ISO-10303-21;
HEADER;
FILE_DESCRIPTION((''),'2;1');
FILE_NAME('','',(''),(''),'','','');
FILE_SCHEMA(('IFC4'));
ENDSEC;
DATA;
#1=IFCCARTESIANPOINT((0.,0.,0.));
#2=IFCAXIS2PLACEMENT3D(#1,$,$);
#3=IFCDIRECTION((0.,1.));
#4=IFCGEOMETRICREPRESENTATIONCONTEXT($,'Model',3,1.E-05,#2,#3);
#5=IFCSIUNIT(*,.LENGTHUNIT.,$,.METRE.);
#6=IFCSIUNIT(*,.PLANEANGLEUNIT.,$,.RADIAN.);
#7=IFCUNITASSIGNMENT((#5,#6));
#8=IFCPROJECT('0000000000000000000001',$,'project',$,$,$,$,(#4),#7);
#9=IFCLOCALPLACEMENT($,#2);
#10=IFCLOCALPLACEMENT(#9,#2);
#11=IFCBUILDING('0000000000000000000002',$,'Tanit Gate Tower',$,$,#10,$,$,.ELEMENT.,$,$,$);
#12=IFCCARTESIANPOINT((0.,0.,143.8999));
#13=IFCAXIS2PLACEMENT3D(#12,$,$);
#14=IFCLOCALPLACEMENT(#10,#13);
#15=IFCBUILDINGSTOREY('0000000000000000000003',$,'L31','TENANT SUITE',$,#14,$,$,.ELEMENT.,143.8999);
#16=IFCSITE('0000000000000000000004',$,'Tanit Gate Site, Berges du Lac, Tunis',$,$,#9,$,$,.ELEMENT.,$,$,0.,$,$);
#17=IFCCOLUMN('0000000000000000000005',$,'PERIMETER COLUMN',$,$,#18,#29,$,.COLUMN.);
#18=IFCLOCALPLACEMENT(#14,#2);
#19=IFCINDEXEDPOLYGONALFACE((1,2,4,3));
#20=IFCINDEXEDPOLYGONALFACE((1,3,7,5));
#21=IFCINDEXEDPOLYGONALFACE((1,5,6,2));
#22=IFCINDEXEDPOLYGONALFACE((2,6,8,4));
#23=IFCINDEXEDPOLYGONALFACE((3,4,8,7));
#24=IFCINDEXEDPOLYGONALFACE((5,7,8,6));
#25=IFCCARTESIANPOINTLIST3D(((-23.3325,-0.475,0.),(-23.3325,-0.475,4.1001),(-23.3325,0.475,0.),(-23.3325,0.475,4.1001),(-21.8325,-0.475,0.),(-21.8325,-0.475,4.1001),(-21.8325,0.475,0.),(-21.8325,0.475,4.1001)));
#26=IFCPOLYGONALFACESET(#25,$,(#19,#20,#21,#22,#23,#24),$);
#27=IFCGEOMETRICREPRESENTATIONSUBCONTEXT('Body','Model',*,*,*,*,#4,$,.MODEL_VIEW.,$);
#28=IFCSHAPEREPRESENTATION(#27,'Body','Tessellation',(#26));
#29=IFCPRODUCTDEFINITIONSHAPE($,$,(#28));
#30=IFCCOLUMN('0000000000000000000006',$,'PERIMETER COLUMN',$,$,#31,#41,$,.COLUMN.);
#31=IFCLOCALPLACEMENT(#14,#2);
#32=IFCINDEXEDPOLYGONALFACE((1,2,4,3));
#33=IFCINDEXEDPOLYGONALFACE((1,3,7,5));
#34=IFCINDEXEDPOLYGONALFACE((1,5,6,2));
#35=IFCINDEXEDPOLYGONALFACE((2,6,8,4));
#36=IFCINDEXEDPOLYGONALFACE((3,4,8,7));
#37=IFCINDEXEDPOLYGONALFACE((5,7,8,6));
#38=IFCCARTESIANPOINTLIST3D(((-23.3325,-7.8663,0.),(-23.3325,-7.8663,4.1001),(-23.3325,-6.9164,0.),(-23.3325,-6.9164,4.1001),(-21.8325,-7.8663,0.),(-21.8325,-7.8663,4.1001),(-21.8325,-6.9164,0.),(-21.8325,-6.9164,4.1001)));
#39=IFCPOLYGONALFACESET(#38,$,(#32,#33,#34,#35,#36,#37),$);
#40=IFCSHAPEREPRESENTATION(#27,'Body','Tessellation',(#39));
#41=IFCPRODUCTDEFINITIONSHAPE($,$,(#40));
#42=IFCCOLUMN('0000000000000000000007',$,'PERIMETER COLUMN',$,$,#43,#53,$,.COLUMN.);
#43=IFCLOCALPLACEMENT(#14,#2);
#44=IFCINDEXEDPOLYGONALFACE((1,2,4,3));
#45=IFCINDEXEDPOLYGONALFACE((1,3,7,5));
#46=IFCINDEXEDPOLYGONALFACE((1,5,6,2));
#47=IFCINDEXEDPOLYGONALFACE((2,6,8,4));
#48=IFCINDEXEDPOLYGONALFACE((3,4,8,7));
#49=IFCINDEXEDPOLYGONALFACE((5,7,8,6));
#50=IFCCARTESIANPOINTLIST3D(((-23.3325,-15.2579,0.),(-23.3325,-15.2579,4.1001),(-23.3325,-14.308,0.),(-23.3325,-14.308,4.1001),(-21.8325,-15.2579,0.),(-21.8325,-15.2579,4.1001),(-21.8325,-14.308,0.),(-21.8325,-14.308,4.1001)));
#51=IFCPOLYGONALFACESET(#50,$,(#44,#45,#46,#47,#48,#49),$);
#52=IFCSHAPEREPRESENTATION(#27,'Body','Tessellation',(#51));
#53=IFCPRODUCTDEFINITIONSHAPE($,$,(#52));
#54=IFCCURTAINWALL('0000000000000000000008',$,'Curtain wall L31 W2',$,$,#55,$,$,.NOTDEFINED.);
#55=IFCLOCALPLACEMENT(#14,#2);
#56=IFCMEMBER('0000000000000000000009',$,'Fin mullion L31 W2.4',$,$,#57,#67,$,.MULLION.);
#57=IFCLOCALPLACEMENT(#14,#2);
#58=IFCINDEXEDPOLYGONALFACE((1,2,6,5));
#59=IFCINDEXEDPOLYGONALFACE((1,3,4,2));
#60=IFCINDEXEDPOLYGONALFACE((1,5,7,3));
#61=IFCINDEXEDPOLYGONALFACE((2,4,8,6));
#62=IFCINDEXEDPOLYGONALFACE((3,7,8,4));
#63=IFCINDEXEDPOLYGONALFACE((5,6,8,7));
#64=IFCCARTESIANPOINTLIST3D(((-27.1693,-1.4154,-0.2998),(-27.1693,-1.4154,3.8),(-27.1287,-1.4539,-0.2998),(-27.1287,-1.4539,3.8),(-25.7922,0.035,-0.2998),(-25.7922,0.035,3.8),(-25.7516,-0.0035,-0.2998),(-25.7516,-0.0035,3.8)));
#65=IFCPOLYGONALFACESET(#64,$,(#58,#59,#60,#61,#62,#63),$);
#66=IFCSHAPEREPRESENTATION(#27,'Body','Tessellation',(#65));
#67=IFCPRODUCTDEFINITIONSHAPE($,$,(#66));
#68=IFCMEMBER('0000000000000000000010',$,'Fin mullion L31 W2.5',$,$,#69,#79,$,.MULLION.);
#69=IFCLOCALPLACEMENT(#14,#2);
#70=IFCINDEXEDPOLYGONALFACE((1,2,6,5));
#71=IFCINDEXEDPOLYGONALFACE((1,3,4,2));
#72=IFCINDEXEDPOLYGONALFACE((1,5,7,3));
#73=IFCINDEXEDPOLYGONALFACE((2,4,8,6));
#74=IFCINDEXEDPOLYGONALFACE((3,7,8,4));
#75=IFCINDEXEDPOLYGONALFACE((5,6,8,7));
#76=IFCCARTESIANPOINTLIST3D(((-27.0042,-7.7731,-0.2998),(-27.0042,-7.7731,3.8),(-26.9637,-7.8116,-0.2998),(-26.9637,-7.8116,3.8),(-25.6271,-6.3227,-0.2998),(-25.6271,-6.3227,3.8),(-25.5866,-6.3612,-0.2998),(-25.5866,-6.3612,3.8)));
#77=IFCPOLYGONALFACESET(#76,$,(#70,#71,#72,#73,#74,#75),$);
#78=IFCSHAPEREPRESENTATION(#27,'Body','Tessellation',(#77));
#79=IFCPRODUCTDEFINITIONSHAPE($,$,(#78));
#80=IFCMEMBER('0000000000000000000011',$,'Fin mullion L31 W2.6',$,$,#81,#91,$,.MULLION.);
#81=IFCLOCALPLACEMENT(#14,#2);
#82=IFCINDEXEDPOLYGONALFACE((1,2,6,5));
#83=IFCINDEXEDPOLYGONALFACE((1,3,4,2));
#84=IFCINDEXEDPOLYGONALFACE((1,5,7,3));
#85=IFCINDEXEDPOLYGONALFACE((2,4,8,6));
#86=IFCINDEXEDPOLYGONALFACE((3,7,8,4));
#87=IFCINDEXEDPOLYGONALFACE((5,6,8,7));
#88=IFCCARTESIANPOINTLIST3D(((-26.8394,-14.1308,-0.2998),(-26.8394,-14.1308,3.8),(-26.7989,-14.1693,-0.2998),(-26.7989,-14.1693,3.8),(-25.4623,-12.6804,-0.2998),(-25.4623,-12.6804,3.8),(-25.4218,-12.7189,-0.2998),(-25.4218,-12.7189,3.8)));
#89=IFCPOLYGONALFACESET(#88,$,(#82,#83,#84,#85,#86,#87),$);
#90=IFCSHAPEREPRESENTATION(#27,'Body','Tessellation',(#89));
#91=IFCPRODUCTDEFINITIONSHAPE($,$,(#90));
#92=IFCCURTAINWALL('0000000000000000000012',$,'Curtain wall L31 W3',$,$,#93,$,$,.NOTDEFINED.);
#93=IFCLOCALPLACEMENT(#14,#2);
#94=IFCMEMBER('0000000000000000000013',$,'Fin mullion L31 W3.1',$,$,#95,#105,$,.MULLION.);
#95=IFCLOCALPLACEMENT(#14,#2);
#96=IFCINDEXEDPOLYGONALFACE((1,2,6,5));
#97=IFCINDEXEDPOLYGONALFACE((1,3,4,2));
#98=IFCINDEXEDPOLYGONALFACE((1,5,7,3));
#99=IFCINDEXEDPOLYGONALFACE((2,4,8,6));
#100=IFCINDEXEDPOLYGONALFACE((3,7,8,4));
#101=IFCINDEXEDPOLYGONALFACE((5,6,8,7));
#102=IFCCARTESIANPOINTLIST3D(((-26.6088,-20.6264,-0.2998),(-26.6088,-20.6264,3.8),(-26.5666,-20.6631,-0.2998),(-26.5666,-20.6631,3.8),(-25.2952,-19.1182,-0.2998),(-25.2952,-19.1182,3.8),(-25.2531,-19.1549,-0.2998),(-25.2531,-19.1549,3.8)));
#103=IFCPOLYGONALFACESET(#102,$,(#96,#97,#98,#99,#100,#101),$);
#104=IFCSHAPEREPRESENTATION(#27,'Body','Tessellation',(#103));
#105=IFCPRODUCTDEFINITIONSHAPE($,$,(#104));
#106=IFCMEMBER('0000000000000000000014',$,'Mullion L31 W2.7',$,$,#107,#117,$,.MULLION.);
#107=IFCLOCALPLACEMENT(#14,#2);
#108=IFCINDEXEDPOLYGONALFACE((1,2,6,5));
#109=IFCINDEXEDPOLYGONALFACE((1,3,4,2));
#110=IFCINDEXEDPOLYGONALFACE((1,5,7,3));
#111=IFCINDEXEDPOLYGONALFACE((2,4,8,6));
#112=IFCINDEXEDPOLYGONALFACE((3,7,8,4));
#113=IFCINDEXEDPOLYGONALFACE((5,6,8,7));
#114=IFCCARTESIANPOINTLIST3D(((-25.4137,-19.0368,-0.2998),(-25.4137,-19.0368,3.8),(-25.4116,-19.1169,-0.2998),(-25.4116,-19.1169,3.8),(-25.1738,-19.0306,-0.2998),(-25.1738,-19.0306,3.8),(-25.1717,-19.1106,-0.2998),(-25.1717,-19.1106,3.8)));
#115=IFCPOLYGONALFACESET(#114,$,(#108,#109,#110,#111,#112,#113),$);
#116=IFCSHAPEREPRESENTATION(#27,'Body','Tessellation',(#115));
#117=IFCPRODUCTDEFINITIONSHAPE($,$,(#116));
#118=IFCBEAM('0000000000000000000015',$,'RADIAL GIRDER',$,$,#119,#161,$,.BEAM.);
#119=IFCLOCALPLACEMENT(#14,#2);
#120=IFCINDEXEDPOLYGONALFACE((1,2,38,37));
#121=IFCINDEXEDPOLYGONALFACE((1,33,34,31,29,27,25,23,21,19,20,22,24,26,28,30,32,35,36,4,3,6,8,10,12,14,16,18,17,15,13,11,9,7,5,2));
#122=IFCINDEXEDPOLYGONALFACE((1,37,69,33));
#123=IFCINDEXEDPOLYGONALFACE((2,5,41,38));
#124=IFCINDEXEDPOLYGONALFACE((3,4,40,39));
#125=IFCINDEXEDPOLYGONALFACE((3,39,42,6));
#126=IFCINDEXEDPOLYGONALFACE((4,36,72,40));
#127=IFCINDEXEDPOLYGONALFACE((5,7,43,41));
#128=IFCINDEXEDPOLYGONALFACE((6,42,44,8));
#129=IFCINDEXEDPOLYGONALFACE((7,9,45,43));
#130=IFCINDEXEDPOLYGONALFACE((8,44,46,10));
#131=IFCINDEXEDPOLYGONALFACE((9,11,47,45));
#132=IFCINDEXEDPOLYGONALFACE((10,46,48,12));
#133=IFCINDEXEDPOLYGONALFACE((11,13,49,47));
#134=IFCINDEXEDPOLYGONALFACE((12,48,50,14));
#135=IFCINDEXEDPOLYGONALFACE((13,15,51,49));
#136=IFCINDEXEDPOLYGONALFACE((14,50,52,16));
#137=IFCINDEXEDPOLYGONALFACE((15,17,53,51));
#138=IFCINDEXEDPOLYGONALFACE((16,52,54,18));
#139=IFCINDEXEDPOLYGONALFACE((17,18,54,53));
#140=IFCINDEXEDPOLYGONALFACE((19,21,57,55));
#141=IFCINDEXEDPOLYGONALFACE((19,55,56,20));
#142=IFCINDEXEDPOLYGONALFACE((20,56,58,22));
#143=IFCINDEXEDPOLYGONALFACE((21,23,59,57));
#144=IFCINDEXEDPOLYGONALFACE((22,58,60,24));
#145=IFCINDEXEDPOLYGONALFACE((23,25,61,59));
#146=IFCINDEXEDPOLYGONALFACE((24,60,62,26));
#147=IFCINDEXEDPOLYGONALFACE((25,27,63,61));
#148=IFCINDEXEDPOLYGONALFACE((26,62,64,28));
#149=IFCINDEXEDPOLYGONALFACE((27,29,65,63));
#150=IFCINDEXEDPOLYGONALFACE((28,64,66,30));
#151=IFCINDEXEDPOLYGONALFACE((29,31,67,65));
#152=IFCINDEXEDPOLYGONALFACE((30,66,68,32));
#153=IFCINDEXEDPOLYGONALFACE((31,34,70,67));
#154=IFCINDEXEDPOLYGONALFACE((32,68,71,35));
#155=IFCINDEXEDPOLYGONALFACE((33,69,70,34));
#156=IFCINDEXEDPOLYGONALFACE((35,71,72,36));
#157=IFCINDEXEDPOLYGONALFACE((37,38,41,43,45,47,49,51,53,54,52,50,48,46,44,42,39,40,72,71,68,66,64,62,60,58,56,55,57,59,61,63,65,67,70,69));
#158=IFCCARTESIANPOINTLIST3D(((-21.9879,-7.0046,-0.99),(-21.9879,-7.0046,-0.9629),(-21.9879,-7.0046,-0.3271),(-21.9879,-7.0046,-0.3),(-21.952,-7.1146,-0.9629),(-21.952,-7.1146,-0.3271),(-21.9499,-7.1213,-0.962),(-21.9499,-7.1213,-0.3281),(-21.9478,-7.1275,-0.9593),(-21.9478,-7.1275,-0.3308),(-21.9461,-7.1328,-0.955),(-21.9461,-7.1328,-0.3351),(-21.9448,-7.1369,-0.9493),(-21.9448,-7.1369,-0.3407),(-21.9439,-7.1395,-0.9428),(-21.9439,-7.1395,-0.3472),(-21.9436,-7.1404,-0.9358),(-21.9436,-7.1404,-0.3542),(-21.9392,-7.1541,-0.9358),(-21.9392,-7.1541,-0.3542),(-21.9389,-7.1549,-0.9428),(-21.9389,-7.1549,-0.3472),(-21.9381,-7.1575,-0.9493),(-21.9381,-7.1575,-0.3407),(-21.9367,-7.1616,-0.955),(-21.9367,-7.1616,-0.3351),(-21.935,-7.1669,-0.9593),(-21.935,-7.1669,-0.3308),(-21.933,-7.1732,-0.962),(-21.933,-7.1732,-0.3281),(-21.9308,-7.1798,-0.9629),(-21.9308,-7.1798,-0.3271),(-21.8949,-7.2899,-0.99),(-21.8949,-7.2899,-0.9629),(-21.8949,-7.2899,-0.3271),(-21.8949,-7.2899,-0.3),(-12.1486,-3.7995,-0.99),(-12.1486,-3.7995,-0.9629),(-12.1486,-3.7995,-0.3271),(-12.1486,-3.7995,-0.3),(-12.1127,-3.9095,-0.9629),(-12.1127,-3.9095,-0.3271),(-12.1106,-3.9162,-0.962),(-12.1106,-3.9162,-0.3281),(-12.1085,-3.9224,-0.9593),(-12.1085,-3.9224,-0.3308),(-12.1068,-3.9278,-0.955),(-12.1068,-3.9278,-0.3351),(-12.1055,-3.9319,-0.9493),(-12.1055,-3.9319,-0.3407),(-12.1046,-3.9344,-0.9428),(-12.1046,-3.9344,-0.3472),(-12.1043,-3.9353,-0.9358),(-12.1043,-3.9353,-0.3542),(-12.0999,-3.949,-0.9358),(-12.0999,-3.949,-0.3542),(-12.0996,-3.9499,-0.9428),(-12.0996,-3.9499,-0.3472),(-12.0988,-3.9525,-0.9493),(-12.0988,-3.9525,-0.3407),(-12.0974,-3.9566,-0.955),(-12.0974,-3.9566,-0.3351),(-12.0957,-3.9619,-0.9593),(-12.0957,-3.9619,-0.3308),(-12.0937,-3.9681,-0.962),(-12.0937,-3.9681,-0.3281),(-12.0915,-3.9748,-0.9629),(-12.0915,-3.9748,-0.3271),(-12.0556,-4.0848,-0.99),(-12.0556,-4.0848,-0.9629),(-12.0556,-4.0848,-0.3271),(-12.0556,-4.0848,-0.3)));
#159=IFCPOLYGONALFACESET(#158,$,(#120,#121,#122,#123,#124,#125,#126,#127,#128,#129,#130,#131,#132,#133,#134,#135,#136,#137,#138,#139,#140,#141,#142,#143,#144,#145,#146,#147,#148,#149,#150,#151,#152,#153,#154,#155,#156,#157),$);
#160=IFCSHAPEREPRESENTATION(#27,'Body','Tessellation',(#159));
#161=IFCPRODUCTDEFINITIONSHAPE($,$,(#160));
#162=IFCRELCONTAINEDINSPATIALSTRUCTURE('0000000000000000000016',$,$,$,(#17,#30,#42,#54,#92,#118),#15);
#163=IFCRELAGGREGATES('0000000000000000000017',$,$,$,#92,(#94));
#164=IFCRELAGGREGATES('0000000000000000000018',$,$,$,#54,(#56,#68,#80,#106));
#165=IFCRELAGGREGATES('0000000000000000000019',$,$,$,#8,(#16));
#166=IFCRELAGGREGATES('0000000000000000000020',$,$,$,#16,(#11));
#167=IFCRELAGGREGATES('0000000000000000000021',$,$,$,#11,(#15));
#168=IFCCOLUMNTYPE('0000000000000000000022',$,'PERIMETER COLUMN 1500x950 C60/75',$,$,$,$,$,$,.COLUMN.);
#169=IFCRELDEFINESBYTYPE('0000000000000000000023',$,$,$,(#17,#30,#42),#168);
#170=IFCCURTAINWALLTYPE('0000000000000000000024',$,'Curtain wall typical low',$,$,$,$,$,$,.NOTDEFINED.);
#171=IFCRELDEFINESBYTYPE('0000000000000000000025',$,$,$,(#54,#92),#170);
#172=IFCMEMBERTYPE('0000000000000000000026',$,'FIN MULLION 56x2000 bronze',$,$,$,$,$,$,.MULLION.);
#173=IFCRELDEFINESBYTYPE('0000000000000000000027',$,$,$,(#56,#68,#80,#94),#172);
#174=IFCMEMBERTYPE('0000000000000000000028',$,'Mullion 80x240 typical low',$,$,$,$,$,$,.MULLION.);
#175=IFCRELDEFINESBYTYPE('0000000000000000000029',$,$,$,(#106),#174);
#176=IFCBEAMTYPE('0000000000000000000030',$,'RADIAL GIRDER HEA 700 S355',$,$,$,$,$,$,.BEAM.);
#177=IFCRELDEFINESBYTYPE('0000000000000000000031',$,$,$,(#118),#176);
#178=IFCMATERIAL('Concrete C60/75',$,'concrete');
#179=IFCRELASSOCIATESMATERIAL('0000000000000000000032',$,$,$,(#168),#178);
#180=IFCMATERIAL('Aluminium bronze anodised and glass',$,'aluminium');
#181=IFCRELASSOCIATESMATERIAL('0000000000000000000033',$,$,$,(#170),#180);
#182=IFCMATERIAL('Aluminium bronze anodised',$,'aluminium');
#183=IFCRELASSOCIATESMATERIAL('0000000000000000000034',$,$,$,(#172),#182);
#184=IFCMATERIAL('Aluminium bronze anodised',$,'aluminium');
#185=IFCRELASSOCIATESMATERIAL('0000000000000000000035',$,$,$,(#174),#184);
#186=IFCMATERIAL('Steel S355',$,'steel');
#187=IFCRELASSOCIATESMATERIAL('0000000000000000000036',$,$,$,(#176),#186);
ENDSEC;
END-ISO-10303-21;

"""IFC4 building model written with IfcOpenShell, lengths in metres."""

from ifc_helpers import new_model, si_unit, direction, frame, origin, origin_2d, place, context, subcontext, project, spatial, rectangle, i_section, extrude, material, material_profile, profile_set, type_object, element, aggregate, save


model = new_model("IFC4")

# Units and contexts
model_context = context("Model", 3, precision=1e-05, world=origin(), true_north=direction((0.0, 1.0)))
body_context = subcontext(model_context, "Body", "Model", "MODEL_VIEW")
ifc_project = project(units=[si_unit("LENGTHUNIT", "METRE"), si_unit("PLANEANGLEUNIT", "RADIAN")], contexts=[model_context])

# Site, building, storey
site_placement = place(None, origin())
site = spatial("IfcSite", under=ifc_project, at=site_placement, Name="Tanit Gate Site, Berges du Lac, Tunis", CompositionType="ELEMENT", RefElevation=0.0)
building_placement = place(site_placement, origin())
building = spatial("IfcBuilding", under=site, at=building_placement, Name="Tanit Gate Tower", CompositionType="ELEMENT")
storey_placement = place(building_placement, frame((0.0, 0.0, 143.8999)))
storey = spatial("IfcBuildingStorey", under=building, at=storey_placement, Name="L31", Description="TENANT SUITE", CompositionType="ELEMENT", Elevation=143.8999)

# Columns
ifc_material_1 = material(Name="Concrete C60/75", Category="concrete")
ifc_material_profile_1 = material_profile(ifc_material_1, rectangle(XDim=1.5, YDim=0.95, at=origin_2d()), Name="RC 1500x950")
ifc_profile_set_1 = profile_set([ifc_material_profile_1], Name="Concrete C60/75")
column_type = type_object("IfcColumnType", Name="PERIMETER COLUMN 1500x950 C60/75", PredefinedType="COLUMN", material=ifc_profile_set_1)
for number, where, z_axis, x_axis, name in (
    (1, (-22.5825, 0.0, 0.0), (0.0, 0.0, 1.0), (-1.0, 0.0, 0.0), "PERIMETER COLUMN"),
    (2, (-22.5825, -7.3914, 0.0), (0.0, 0.0, 1.0), (-1.0, 0.0, 0.0), "PERIMETER COLUMN"),
    (3, (-22.5825, -14.783, 0.0), (0.0, 0.0, 1.0), (-1.0, 0.0, 0.0), "PERIMETER COLUMN"),
):
    element("IfcColumn", number, at=place(storey_placement, frame(where, z_axis=z_axis, x_axis=x_axis)), inside=storey, type_object=column_type, Name=name, PredefinedType="COLUMN", context=body_context, shape_type="SweptSolid", body=[
        extrude(rectangle(XDim=1.5, YDim=0.95, at=origin_2d()), origin(), (0.0, 0.0, 1.0), 4.1001),
    ])

# Curtain wall, members
ifc_material_2 = material(Name="Aluminium bronze anodised and glass", Category="aluminium")
curtain_wall_type = type_object("IfcCurtainWallType", Name="Curtain wall typical low", PredefinedType="NOTDEFINED", material=ifc_material_2)
curtain_wall_1_placement = place(storey_placement, origin())
curtain_wall_1 = element("IfcCurtainWall", 4, at=curtain_wall_1_placement, inside=storey, type_object=curtain_wall_type, Name="Curtain wall L31 W2", PredefinedType="NOTDEFINED")
ifc_material_3 = material(Name="Aluminium bronze anodised", Category="aluminium")
ifc_material_profile_2 = material_profile(ifc_material_3, rectangle(XDim=2.0, YDim=0.0559, at=origin_2d()), Name="56x2000 bronze fin mullion")
ifc_profile_set_2 = profile_set([ifc_material_profile_2], Name="Aluminium bronze anodised")
member_type_1 = type_object("IfcMemberType", Name="FIN MULLION 56x2000 bronze", PredefinedType="MULLION", material=ifc_profile_set_2)
member_1_placement = place(storey_placement, frame((-26.4604, -0.7095, -0.2998), z_axis=(0.0, 0.0, 1.0), x_axis=(0.688538, 0.7252, 0.0)))
member_1 = element("IfcMember", 5, at=member_1_placement, type_object=member_type_1, Name="Fin mullion L31 W2.4", PredefinedType="MULLION", context=body_context, shape_type="SweptSolid", body=[
    extrude(rectangle(XDim=2.0, YDim=0.0559, at=origin_2d()), origin(), (0.0, 0.0, 1.0), 4.0999),
])
member_2_placement = place(storey_placement, frame((-26.2954, -7.0671, -0.2998), z_axis=(0.0, 0.0, 1.0), x_axis=(0.688538, 0.7252, 0.0)))
member_2 = element("IfcMember", 6, at=member_2_placement, type_object=member_type_1, Name="Fin mullion L31 W2.5", PredefinedType="MULLION", context=body_context, shape_type="SweptSolid", body=[
    extrude(rectangle(XDim=2.0, YDim=0.0559, at=origin_2d()), origin(), (0.0, 0.0, 1.0), 4.0999),
])
member_3_placement = place(storey_placement, frame((-26.1306, -13.4248, -0.2998), z_axis=(0.0, 0.0, 1.0), x_axis=(0.688538, 0.7252, 0.0)))
member_3 = element("IfcMember", 7, at=member_3_placement, type_object=member_type_1, Name="Fin mullion L31 W2.6", PredefinedType="MULLION", context=body_context, shape_type="SweptSolid", body=[
    extrude(rectangle(XDim=2.0, YDim=0.0559, at=origin_2d()), origin(), (0.0, 0.0, 1.0), 4.0999),
])

# Curtain wall, member
curtain_wall_2_placement = place(storey_placement, origin())
curtain_wall_2 = element("IfcCurtainWall", 8, at=curtain_wall_2_placement, inside=storey, type_object=curtain_wall_type, Name="Curtain wall L31 W3", PredefinedType="NOTDEFINED")
member_4_placement = place(storey_placement, frame((-25.9309, -19.8906, -0.2998), z_axis=(0.0, 0.0, 1.0), x_axis=(0.656773, 0.754088, 0.0)))
member_4 = element("IfcMember", 9, at=member_4_placement, type_object=member_type_1, Name="Fin mullion L31 W3.1", PredefinedType="MULLION", context=body_context, shape_type="SweptSolid", body=[
    extrude(rectangle(XDim=2.0, YDim=0.0559, at=origin_2d()), origin(), (0.0, 0.0, 1.0), 4.0999),
])

# Member
ifc_material_4 = material(Name="Aluminium bronze anodised", Category="aluminium")
ifc_material_profile_3 = material_profile(ifc_material_4, rectangle(XDim=0.24, YDim=0.0801, at=origin_2d()), Name="80x240 bronze mullion")
ifc_profile_set_3 = profile_set([ifc_material_profile_3], Name="Aluminium bronze anodised")
member_type_2 = type_object("IfcMemberType", Name="Mullion 80x240 typical low", PredefinedType="MULLION", material=ifc_profile_set_3)
member_5_placement = place(storey_placement, frame((-25.2927, -19.0737, -0.2998), z_axis=(0.0, 0.0, 1.0), x_axis=(0.999664, 0.025924, 0.0)))
member_5 = element("IfcMember", 10, at=member_5_placement, type_object=member_type_2, Name="Mullion L31 W2.7", PredefinedType="MULLION", context=body_context, shape_type="SweptSolid", body=[
    extrude(rectangle(XDim=0.24, YDim=0.0801, at=origin_2d()), origin(), (0.0, 0.0, 1.0), 4.0999),
])

# Beam
ifc_material_5 = material(Name="Steel S355", Category="steel")
ifc_material_profile_4 = material_profile(ifc_material_5, i_section(OverallWidth=0.3, OverallDepth=0.6899, WebThickness=0.0144, FlangeThickness=0.0271, FilletRadius=0.0271, at=origin_2d()), Name="HEA 700")
ifc_profile_set_4 = profile_set([ifc_material_profile_4], Name="Steel S355")
beam_type_1 = type_object("IfcBeamType", Name="RADIAL GIRDER HEA 700 S355", PredefinedType="BEAM", material=ifc_profile_set_4)
beam_1_placement = place(storey_placement, frame((-21.9414, -7.1472, -0.645), z_axis=(0.950827, 0.309723, 0.0), x_axis=(-0.309723, 0.950827, 0.0)))
element("IfcBeam", 11, at=beam_1_placement, inside=storey, type_object=beam_type_1, Name="RADIAL GIRDER", PredefinedType="BEAM", context=body_context, shape_type="SweptSolid", body=[
    extrude(i_section(OverallWidth=0.3, OverallDepth=0.6899, WebThickness=0.0144, FlangeThickness=0.0271, FilletRadius=0.0271, at=origin_2d()), origin(), (0.0, 0.0, 1.0), 10.3481),
])

aggregate(curtain_wall_2, [member_4])

aggregate(curtain_wall_1, [member_1, member_2, member_3, member_5])

save(model, "model.ifc")
